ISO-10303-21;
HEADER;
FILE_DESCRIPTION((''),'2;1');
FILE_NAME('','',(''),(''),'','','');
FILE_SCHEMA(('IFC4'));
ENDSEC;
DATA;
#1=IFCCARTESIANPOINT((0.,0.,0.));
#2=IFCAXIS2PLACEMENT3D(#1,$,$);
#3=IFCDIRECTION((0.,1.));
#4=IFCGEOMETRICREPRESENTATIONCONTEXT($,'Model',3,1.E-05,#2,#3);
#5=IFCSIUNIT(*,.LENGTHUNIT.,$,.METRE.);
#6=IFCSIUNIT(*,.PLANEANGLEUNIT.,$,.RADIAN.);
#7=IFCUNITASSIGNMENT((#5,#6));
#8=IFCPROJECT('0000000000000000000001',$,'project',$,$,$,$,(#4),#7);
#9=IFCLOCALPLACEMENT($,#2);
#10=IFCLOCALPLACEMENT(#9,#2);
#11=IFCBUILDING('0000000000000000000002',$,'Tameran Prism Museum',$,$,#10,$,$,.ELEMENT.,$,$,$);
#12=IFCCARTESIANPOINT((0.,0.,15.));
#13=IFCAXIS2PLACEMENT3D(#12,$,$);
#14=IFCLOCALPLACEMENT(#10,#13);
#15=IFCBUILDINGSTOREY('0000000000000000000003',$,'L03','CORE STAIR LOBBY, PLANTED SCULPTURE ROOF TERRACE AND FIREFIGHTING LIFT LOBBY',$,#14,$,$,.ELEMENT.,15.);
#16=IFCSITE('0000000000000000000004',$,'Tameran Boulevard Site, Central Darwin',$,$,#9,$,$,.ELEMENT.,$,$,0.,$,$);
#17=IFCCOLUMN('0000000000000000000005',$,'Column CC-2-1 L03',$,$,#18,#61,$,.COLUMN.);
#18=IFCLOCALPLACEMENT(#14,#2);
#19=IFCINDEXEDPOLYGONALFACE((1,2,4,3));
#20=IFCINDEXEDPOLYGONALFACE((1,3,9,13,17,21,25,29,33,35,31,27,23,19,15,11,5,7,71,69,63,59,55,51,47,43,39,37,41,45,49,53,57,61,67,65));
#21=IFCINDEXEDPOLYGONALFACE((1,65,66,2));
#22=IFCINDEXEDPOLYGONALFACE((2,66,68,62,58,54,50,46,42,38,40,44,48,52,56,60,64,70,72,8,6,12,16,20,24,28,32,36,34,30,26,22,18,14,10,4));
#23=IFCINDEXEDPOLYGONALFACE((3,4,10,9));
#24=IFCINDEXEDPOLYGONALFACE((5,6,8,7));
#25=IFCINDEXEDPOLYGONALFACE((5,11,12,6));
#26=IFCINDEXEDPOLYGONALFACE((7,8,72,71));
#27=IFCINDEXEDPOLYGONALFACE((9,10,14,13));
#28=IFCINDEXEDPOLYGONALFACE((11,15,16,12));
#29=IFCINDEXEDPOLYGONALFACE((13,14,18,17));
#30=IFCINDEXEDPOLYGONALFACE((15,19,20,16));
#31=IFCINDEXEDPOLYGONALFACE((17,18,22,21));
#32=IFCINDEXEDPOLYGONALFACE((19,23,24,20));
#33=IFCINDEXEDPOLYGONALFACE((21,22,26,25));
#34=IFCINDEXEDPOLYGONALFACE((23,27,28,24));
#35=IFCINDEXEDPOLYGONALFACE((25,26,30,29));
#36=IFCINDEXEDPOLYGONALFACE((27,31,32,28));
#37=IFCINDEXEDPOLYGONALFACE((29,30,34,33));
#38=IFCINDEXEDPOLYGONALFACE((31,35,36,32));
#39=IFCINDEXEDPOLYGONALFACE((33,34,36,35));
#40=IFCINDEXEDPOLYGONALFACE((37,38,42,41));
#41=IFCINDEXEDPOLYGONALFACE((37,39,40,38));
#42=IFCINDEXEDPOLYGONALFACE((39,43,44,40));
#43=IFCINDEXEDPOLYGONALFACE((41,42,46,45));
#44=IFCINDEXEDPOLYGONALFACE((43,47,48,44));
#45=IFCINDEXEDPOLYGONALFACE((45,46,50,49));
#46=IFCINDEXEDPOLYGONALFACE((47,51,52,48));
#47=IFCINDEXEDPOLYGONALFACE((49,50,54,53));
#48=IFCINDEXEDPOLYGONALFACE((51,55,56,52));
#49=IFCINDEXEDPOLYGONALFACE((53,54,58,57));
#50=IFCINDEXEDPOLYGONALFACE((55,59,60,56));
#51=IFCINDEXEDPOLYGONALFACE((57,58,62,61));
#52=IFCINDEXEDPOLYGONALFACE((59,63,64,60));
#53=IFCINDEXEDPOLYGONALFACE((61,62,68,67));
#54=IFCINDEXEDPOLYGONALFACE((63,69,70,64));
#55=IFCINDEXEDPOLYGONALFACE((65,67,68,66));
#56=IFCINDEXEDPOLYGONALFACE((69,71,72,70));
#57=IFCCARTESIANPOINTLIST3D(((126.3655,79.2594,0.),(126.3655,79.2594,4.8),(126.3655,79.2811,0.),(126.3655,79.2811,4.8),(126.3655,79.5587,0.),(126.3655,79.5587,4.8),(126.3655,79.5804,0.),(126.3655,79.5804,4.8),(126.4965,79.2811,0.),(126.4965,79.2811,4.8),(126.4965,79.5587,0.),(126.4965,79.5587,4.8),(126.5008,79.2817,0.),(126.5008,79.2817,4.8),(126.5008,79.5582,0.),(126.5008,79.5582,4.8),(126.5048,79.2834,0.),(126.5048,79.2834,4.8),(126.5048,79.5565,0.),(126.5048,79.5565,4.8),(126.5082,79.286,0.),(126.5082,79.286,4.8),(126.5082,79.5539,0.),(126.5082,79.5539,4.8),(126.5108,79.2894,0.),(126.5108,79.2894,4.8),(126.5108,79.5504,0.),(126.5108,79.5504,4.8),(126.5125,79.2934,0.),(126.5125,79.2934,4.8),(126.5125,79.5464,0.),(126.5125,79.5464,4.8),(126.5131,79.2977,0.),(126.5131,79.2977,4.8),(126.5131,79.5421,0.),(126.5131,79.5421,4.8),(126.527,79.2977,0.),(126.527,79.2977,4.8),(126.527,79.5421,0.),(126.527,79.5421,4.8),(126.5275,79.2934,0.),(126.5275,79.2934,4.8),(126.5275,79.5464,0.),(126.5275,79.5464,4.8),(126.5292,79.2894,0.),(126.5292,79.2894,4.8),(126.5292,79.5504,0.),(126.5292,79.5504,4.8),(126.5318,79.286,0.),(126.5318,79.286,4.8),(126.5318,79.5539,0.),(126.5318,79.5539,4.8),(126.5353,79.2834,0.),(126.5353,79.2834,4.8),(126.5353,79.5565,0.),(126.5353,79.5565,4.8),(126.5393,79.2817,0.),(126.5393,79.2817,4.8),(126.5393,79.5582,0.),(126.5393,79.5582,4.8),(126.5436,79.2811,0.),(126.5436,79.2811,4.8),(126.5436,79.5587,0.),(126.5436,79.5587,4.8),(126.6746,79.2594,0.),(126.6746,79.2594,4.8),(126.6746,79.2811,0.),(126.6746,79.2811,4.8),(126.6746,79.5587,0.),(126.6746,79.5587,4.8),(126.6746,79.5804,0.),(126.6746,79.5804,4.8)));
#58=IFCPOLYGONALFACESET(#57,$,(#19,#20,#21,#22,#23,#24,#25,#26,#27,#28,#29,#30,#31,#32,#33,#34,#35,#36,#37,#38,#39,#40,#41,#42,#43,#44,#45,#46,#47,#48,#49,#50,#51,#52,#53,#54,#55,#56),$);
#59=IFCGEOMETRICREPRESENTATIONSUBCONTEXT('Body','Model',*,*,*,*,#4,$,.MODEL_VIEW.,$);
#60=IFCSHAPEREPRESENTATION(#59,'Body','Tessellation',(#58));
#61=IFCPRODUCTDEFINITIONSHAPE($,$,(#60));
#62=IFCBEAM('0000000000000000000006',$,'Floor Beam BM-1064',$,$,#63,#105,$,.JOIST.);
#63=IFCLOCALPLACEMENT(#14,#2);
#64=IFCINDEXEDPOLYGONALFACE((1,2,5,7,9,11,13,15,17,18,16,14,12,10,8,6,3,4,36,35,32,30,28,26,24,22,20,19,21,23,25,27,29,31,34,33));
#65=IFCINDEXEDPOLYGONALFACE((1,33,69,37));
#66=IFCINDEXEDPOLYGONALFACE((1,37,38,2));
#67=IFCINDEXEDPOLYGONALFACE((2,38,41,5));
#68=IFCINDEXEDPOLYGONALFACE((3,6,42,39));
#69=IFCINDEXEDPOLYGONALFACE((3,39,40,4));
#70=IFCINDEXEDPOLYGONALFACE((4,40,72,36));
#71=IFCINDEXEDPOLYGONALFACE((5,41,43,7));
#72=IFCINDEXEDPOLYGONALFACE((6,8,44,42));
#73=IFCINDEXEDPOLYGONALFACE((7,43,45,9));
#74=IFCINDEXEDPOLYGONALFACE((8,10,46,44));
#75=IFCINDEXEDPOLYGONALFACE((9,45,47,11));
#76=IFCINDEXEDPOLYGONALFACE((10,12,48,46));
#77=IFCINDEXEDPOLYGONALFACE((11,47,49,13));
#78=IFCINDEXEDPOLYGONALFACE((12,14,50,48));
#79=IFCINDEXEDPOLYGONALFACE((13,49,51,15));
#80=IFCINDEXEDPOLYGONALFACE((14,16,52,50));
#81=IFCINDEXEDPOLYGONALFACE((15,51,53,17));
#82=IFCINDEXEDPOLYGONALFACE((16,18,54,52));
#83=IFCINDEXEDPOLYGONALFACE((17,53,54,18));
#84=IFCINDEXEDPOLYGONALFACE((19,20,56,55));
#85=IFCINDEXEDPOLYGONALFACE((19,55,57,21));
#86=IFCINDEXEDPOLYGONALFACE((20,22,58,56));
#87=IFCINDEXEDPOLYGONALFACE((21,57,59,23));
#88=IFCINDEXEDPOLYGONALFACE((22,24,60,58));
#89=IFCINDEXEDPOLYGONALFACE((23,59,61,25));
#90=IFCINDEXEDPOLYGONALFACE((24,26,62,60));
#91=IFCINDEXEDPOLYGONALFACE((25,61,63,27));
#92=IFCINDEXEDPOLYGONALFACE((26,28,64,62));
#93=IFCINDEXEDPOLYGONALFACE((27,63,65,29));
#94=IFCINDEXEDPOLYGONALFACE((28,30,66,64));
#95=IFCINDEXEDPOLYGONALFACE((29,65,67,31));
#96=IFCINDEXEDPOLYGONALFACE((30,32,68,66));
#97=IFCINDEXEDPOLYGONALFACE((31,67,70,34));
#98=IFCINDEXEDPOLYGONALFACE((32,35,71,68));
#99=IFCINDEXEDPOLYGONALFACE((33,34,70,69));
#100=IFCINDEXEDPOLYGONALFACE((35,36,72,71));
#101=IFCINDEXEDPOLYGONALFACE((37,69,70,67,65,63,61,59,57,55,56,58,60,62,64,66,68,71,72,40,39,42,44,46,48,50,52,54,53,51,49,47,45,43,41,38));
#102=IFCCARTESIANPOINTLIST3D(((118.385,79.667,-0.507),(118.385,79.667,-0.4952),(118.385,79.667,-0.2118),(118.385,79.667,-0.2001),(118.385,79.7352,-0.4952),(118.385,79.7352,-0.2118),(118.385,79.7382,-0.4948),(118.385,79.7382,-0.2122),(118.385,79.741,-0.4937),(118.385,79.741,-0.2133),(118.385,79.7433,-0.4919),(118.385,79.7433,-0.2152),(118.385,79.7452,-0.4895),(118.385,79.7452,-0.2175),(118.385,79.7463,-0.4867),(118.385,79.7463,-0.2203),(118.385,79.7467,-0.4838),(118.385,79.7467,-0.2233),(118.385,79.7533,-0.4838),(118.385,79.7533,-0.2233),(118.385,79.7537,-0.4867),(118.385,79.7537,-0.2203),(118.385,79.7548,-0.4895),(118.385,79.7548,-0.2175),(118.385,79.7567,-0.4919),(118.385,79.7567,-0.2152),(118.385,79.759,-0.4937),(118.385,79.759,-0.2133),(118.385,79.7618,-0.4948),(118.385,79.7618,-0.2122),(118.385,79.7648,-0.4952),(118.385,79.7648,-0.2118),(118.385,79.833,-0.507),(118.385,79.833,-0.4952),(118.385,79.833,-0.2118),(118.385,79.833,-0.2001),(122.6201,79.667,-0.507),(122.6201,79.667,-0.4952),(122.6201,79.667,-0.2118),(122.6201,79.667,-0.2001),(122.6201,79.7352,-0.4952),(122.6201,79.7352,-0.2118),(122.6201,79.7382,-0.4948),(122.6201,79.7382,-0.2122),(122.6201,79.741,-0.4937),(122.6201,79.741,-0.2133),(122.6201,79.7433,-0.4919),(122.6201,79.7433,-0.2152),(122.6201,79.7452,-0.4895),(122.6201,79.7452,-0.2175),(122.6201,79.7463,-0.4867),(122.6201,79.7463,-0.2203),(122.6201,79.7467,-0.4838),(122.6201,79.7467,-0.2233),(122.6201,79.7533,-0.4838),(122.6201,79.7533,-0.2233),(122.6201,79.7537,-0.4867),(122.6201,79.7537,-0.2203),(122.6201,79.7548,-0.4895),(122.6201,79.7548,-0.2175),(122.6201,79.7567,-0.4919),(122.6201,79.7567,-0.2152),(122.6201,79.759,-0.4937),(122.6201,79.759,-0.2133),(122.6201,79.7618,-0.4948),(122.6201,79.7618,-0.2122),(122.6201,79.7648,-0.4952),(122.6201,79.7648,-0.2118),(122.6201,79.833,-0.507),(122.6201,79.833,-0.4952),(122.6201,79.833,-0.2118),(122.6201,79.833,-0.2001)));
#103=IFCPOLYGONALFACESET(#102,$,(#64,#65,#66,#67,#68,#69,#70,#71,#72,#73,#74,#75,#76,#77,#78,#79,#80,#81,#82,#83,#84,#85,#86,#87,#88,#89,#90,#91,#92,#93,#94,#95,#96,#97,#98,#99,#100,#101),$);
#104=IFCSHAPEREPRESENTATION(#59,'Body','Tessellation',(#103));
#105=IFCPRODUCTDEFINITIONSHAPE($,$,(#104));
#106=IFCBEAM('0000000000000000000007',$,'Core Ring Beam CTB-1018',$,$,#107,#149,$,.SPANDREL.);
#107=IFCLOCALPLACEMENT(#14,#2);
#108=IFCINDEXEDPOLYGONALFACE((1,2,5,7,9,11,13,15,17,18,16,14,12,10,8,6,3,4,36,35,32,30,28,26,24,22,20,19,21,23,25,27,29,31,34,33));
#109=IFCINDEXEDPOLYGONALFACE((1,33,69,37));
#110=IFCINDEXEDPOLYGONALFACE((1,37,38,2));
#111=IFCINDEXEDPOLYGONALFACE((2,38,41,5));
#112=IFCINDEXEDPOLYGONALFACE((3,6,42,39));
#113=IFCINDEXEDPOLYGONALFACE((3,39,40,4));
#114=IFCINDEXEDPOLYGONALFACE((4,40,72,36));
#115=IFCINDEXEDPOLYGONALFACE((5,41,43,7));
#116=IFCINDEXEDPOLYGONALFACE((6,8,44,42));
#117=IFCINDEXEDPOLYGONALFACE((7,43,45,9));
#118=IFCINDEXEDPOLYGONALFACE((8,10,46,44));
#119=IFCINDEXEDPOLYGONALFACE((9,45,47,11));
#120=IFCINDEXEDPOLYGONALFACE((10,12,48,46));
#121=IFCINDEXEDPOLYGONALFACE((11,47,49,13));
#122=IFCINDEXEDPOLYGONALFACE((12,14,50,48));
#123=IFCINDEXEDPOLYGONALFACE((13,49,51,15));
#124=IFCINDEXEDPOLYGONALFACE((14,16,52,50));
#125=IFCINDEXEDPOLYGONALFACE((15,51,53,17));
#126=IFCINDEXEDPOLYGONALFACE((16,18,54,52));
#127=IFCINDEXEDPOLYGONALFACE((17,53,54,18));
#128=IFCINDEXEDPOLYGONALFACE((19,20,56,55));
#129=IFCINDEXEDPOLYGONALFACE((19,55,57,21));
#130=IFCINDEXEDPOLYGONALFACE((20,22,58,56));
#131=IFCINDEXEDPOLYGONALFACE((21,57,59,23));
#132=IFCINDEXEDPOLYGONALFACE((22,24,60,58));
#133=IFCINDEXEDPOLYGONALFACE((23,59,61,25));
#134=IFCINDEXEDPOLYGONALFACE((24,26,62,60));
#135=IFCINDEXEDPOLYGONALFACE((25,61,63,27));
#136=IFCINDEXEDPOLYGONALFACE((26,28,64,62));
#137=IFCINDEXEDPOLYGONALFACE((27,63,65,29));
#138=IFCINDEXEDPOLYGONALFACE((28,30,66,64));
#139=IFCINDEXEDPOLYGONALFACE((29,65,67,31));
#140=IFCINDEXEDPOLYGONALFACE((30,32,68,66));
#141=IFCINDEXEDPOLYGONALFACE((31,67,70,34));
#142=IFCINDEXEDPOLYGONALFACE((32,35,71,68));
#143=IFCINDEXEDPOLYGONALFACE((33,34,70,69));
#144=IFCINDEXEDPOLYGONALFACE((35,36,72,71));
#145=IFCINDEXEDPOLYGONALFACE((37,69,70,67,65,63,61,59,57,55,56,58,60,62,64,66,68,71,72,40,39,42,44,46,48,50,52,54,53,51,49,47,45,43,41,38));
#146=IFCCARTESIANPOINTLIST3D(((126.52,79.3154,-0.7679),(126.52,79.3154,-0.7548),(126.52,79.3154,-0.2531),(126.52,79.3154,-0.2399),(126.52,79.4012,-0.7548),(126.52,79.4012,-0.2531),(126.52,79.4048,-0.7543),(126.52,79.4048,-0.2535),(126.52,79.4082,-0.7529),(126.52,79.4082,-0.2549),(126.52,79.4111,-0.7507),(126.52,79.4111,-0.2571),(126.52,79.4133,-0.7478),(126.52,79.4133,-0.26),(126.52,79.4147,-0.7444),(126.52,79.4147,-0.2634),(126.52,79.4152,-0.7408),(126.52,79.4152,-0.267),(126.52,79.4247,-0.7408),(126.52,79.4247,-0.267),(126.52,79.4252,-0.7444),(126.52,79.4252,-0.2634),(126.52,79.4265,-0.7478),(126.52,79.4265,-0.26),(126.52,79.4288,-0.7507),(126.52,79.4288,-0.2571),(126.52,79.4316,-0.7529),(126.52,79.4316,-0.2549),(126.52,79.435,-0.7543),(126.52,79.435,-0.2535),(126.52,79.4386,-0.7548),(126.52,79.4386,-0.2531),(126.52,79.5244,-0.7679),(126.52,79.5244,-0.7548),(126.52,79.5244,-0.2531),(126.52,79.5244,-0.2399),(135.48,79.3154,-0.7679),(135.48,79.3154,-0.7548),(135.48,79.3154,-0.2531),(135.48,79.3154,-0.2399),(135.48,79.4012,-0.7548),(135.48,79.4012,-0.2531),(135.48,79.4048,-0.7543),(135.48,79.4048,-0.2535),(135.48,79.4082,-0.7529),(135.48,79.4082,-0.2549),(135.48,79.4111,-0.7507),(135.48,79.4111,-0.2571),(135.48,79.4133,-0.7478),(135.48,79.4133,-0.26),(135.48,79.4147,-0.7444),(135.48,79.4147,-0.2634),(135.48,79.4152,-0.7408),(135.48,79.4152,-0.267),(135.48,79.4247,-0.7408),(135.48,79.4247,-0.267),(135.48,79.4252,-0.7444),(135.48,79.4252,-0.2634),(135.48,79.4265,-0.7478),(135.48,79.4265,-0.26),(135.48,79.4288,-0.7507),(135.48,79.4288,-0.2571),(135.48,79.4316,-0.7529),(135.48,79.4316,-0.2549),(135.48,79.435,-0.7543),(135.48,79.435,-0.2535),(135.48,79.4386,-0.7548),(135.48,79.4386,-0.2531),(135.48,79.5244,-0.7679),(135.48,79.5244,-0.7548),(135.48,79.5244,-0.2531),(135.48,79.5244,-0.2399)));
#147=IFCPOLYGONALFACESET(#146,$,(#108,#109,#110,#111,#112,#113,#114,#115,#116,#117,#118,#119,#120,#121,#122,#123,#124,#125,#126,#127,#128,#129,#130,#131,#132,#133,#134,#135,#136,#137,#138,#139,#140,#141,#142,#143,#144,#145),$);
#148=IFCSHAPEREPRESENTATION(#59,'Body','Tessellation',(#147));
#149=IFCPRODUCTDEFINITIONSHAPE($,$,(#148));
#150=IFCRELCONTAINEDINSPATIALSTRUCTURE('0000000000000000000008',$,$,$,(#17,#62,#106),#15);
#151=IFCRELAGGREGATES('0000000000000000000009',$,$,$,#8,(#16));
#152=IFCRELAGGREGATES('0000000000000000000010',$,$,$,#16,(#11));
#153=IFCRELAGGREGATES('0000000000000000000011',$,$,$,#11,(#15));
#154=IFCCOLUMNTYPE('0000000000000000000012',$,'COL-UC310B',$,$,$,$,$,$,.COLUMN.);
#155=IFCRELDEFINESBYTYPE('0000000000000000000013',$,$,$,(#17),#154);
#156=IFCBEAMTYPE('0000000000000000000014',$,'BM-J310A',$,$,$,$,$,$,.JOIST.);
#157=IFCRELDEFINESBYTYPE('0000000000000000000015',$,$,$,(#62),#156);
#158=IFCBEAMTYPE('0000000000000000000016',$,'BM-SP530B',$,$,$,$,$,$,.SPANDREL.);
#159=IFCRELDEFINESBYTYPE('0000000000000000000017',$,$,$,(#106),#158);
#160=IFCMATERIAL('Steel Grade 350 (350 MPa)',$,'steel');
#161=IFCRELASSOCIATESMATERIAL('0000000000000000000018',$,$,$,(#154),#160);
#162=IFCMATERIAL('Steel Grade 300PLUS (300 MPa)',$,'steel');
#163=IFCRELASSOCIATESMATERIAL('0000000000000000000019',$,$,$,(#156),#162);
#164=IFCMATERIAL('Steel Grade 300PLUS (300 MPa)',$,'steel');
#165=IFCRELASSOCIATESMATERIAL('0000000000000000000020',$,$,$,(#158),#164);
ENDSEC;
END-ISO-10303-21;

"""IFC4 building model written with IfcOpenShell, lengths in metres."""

from ifc_helpers import new_model, si_unit, direction, frame, origin, origin_2d, place, context, subcontext, project, spatial, i_section, extrude, material, material_profile, profile_set, type_object, element, save


model = new_model("IFC4")

# Units and contexts
model_context = context("Model", 3, precision=1e-05, world=origin(), true_north=direction((0.0, 1.0)))
body_context = subcontext(model_context, "Body", "Model", "MODEL_VIEW")
ifc_project = project(units=[si_unit("LENGTHUNIT", "METRE"), si_unit("PLANEANGLEUNIT", "RADIAN")], contexts=[model_context])

# Site, building, storey
site_placement = place(None, origin())
site = spatial("IfcSite", under=ifc_project, at=site_placement, Name="Tameran Boulevard Site, Central Darwin", CompositionType="ELEMENT", RefElevation=0.0)
building_placement = place(site_placement, origin())
building = spatial("IfcBuilding", under=site, at=building_placement, Name="Tameran Prism Museum", CompositionType="ELEMENT")
storey_placement = place(building_placement, frame((0.0, 0.0, 15.0)))
storey = spatial("IfcBuildingStorey", under=building, at=storey_placement, Name="L03", Description="CORE STAIR LOBBY, PLANTED SCULPTURE ROOF TERRACE AND FIREFIGHTING LIFT LOBBY", CompositionType="ELEMENT", Elevation=15.0)

# Column
ifc_material_1 = material(Name="Steel Grade 350 (350 MPa)", Category="steel")
ifc_material_profile_1 = material_profile(ifc_material_1, i_section(OverallWidth=0.3091, OverallDepth=0.321, WebThickness=0.0139, FlangeThickness=0.0217, FilletRadius=0.0166, at=origin_2d()))
ifc_profile_set_1 = profile_set([ifc_material_profile_1])
column_type = type_object("IfcColumnType", Name="COL-UC310B", PredefinedType="COLUMN", material=ifc_profile_set_1)
column_placement = place(storey_placement, frame((126.52, 79.4199, 0.0), z_axis=(0.0, 0.0, 1.0), x_axis=(1.0, 0.0, 0.0)))
element("IfcColumn", 1, at=column_placement, inside=storey, type_object=column_type, Name="Column CC-2-1 L03", PredefinedType="COLUMN", context=body_context, shape_type="SweptSolid", body=[
    extrude(i_section(OverallWidth=0.3091, OverallDepth=0.321, WebThickness=0.0139, FlangeThickness=0.0217, FilletRadius=0.0166, at=origin_2d()), origin(), (0.0, 0.0, 1.0), 4.8),
])

# Beams
ifc_material_2 = material(Name="Steel Grade 300PLUS (300 MPa)", Category="steel")
ifc_material_profile_2 = material_profile(ifc_material_2, i_section(OverallWidth=0.166, OverallDepth=0.3069, WebThickness=0.0066, FlangeThickness=0.0117, FilletRadius=0.0115, at=origin_2d()))
ifc_profile_set_2 = profile_set([ifc_material_profile_2])
beam_type_1 = type_object("IfcBeamType", Name="BM-J310A", PredefinedType="JOIST", material=ifc_profile_set_2)
beam_1_placement = place(storey_placement, frame((118.385, 79.75, -0.3535), z_axis=(1.0, 0.0, 0.0), x_axis=(0.0, 1.0, 0.0)))
element("IfcBeam", 2, at=beam_1_placement, inside=storey, type_object=beam_type_1, Name="Floor Beam BM-1064", PredefinedType="JOIST", context=body_context, shape_type="SweptSolid", body=[
    extrude(i_section(OverallWidth=0.166, OverallDepth=0.3069, WebThickness=0.0066, FlangeThickness=0.0117, FilletRadius=0.0115, at=origin_2d()), origin(), (0.0, 0.0, 1.0), 4.2351),
])
ifc_material_3 = material(Name="Steel Grade 300PLUS (300 MPa)", Category="steel")
ifc_material_profile_3 = material_profile(ifc_material_3, i_section(OverallWidth=0.209, OverallDepth=0.5281, WebThickness=0.0095, FlangeThickness=0.0132, FilletRadius=0.0139, at=origin_2d()))
ifc_profile_set_3 = profile_set([ifc_material_profile_3])
beam_type_2 = type_object("IfcBeamType", Name="BM-SP530B", PredefinedType="SPANDREL", material=ifc_profile_set_3)
beam_2_placement = place(storey_placement, frame((126.52, 79.4199, -0.5039), z_axis=(1.0, 0.0, 0.0), x_axis=(0.0, 1.0, 0.0)))
element("IfcBeam", 3, at=beam_2_placement, inside=storey, type_object=beam_type_2, Name="Core Ring Beam CTB-1018", PredefinedType="SPANDREL", context=body_context, shape_type="SweptSolid", body=[
    extrude(i_section(OverallWidth=0.209, OverallDepth=0.5281, WebThickness=0.0095, FlangeThickness=0.0132, FilletRadius=0.0139, at=origin_2d()), origin(), (0.0, 0.0, 1.0), 8.96),
])

save(model, "model.ifc")
